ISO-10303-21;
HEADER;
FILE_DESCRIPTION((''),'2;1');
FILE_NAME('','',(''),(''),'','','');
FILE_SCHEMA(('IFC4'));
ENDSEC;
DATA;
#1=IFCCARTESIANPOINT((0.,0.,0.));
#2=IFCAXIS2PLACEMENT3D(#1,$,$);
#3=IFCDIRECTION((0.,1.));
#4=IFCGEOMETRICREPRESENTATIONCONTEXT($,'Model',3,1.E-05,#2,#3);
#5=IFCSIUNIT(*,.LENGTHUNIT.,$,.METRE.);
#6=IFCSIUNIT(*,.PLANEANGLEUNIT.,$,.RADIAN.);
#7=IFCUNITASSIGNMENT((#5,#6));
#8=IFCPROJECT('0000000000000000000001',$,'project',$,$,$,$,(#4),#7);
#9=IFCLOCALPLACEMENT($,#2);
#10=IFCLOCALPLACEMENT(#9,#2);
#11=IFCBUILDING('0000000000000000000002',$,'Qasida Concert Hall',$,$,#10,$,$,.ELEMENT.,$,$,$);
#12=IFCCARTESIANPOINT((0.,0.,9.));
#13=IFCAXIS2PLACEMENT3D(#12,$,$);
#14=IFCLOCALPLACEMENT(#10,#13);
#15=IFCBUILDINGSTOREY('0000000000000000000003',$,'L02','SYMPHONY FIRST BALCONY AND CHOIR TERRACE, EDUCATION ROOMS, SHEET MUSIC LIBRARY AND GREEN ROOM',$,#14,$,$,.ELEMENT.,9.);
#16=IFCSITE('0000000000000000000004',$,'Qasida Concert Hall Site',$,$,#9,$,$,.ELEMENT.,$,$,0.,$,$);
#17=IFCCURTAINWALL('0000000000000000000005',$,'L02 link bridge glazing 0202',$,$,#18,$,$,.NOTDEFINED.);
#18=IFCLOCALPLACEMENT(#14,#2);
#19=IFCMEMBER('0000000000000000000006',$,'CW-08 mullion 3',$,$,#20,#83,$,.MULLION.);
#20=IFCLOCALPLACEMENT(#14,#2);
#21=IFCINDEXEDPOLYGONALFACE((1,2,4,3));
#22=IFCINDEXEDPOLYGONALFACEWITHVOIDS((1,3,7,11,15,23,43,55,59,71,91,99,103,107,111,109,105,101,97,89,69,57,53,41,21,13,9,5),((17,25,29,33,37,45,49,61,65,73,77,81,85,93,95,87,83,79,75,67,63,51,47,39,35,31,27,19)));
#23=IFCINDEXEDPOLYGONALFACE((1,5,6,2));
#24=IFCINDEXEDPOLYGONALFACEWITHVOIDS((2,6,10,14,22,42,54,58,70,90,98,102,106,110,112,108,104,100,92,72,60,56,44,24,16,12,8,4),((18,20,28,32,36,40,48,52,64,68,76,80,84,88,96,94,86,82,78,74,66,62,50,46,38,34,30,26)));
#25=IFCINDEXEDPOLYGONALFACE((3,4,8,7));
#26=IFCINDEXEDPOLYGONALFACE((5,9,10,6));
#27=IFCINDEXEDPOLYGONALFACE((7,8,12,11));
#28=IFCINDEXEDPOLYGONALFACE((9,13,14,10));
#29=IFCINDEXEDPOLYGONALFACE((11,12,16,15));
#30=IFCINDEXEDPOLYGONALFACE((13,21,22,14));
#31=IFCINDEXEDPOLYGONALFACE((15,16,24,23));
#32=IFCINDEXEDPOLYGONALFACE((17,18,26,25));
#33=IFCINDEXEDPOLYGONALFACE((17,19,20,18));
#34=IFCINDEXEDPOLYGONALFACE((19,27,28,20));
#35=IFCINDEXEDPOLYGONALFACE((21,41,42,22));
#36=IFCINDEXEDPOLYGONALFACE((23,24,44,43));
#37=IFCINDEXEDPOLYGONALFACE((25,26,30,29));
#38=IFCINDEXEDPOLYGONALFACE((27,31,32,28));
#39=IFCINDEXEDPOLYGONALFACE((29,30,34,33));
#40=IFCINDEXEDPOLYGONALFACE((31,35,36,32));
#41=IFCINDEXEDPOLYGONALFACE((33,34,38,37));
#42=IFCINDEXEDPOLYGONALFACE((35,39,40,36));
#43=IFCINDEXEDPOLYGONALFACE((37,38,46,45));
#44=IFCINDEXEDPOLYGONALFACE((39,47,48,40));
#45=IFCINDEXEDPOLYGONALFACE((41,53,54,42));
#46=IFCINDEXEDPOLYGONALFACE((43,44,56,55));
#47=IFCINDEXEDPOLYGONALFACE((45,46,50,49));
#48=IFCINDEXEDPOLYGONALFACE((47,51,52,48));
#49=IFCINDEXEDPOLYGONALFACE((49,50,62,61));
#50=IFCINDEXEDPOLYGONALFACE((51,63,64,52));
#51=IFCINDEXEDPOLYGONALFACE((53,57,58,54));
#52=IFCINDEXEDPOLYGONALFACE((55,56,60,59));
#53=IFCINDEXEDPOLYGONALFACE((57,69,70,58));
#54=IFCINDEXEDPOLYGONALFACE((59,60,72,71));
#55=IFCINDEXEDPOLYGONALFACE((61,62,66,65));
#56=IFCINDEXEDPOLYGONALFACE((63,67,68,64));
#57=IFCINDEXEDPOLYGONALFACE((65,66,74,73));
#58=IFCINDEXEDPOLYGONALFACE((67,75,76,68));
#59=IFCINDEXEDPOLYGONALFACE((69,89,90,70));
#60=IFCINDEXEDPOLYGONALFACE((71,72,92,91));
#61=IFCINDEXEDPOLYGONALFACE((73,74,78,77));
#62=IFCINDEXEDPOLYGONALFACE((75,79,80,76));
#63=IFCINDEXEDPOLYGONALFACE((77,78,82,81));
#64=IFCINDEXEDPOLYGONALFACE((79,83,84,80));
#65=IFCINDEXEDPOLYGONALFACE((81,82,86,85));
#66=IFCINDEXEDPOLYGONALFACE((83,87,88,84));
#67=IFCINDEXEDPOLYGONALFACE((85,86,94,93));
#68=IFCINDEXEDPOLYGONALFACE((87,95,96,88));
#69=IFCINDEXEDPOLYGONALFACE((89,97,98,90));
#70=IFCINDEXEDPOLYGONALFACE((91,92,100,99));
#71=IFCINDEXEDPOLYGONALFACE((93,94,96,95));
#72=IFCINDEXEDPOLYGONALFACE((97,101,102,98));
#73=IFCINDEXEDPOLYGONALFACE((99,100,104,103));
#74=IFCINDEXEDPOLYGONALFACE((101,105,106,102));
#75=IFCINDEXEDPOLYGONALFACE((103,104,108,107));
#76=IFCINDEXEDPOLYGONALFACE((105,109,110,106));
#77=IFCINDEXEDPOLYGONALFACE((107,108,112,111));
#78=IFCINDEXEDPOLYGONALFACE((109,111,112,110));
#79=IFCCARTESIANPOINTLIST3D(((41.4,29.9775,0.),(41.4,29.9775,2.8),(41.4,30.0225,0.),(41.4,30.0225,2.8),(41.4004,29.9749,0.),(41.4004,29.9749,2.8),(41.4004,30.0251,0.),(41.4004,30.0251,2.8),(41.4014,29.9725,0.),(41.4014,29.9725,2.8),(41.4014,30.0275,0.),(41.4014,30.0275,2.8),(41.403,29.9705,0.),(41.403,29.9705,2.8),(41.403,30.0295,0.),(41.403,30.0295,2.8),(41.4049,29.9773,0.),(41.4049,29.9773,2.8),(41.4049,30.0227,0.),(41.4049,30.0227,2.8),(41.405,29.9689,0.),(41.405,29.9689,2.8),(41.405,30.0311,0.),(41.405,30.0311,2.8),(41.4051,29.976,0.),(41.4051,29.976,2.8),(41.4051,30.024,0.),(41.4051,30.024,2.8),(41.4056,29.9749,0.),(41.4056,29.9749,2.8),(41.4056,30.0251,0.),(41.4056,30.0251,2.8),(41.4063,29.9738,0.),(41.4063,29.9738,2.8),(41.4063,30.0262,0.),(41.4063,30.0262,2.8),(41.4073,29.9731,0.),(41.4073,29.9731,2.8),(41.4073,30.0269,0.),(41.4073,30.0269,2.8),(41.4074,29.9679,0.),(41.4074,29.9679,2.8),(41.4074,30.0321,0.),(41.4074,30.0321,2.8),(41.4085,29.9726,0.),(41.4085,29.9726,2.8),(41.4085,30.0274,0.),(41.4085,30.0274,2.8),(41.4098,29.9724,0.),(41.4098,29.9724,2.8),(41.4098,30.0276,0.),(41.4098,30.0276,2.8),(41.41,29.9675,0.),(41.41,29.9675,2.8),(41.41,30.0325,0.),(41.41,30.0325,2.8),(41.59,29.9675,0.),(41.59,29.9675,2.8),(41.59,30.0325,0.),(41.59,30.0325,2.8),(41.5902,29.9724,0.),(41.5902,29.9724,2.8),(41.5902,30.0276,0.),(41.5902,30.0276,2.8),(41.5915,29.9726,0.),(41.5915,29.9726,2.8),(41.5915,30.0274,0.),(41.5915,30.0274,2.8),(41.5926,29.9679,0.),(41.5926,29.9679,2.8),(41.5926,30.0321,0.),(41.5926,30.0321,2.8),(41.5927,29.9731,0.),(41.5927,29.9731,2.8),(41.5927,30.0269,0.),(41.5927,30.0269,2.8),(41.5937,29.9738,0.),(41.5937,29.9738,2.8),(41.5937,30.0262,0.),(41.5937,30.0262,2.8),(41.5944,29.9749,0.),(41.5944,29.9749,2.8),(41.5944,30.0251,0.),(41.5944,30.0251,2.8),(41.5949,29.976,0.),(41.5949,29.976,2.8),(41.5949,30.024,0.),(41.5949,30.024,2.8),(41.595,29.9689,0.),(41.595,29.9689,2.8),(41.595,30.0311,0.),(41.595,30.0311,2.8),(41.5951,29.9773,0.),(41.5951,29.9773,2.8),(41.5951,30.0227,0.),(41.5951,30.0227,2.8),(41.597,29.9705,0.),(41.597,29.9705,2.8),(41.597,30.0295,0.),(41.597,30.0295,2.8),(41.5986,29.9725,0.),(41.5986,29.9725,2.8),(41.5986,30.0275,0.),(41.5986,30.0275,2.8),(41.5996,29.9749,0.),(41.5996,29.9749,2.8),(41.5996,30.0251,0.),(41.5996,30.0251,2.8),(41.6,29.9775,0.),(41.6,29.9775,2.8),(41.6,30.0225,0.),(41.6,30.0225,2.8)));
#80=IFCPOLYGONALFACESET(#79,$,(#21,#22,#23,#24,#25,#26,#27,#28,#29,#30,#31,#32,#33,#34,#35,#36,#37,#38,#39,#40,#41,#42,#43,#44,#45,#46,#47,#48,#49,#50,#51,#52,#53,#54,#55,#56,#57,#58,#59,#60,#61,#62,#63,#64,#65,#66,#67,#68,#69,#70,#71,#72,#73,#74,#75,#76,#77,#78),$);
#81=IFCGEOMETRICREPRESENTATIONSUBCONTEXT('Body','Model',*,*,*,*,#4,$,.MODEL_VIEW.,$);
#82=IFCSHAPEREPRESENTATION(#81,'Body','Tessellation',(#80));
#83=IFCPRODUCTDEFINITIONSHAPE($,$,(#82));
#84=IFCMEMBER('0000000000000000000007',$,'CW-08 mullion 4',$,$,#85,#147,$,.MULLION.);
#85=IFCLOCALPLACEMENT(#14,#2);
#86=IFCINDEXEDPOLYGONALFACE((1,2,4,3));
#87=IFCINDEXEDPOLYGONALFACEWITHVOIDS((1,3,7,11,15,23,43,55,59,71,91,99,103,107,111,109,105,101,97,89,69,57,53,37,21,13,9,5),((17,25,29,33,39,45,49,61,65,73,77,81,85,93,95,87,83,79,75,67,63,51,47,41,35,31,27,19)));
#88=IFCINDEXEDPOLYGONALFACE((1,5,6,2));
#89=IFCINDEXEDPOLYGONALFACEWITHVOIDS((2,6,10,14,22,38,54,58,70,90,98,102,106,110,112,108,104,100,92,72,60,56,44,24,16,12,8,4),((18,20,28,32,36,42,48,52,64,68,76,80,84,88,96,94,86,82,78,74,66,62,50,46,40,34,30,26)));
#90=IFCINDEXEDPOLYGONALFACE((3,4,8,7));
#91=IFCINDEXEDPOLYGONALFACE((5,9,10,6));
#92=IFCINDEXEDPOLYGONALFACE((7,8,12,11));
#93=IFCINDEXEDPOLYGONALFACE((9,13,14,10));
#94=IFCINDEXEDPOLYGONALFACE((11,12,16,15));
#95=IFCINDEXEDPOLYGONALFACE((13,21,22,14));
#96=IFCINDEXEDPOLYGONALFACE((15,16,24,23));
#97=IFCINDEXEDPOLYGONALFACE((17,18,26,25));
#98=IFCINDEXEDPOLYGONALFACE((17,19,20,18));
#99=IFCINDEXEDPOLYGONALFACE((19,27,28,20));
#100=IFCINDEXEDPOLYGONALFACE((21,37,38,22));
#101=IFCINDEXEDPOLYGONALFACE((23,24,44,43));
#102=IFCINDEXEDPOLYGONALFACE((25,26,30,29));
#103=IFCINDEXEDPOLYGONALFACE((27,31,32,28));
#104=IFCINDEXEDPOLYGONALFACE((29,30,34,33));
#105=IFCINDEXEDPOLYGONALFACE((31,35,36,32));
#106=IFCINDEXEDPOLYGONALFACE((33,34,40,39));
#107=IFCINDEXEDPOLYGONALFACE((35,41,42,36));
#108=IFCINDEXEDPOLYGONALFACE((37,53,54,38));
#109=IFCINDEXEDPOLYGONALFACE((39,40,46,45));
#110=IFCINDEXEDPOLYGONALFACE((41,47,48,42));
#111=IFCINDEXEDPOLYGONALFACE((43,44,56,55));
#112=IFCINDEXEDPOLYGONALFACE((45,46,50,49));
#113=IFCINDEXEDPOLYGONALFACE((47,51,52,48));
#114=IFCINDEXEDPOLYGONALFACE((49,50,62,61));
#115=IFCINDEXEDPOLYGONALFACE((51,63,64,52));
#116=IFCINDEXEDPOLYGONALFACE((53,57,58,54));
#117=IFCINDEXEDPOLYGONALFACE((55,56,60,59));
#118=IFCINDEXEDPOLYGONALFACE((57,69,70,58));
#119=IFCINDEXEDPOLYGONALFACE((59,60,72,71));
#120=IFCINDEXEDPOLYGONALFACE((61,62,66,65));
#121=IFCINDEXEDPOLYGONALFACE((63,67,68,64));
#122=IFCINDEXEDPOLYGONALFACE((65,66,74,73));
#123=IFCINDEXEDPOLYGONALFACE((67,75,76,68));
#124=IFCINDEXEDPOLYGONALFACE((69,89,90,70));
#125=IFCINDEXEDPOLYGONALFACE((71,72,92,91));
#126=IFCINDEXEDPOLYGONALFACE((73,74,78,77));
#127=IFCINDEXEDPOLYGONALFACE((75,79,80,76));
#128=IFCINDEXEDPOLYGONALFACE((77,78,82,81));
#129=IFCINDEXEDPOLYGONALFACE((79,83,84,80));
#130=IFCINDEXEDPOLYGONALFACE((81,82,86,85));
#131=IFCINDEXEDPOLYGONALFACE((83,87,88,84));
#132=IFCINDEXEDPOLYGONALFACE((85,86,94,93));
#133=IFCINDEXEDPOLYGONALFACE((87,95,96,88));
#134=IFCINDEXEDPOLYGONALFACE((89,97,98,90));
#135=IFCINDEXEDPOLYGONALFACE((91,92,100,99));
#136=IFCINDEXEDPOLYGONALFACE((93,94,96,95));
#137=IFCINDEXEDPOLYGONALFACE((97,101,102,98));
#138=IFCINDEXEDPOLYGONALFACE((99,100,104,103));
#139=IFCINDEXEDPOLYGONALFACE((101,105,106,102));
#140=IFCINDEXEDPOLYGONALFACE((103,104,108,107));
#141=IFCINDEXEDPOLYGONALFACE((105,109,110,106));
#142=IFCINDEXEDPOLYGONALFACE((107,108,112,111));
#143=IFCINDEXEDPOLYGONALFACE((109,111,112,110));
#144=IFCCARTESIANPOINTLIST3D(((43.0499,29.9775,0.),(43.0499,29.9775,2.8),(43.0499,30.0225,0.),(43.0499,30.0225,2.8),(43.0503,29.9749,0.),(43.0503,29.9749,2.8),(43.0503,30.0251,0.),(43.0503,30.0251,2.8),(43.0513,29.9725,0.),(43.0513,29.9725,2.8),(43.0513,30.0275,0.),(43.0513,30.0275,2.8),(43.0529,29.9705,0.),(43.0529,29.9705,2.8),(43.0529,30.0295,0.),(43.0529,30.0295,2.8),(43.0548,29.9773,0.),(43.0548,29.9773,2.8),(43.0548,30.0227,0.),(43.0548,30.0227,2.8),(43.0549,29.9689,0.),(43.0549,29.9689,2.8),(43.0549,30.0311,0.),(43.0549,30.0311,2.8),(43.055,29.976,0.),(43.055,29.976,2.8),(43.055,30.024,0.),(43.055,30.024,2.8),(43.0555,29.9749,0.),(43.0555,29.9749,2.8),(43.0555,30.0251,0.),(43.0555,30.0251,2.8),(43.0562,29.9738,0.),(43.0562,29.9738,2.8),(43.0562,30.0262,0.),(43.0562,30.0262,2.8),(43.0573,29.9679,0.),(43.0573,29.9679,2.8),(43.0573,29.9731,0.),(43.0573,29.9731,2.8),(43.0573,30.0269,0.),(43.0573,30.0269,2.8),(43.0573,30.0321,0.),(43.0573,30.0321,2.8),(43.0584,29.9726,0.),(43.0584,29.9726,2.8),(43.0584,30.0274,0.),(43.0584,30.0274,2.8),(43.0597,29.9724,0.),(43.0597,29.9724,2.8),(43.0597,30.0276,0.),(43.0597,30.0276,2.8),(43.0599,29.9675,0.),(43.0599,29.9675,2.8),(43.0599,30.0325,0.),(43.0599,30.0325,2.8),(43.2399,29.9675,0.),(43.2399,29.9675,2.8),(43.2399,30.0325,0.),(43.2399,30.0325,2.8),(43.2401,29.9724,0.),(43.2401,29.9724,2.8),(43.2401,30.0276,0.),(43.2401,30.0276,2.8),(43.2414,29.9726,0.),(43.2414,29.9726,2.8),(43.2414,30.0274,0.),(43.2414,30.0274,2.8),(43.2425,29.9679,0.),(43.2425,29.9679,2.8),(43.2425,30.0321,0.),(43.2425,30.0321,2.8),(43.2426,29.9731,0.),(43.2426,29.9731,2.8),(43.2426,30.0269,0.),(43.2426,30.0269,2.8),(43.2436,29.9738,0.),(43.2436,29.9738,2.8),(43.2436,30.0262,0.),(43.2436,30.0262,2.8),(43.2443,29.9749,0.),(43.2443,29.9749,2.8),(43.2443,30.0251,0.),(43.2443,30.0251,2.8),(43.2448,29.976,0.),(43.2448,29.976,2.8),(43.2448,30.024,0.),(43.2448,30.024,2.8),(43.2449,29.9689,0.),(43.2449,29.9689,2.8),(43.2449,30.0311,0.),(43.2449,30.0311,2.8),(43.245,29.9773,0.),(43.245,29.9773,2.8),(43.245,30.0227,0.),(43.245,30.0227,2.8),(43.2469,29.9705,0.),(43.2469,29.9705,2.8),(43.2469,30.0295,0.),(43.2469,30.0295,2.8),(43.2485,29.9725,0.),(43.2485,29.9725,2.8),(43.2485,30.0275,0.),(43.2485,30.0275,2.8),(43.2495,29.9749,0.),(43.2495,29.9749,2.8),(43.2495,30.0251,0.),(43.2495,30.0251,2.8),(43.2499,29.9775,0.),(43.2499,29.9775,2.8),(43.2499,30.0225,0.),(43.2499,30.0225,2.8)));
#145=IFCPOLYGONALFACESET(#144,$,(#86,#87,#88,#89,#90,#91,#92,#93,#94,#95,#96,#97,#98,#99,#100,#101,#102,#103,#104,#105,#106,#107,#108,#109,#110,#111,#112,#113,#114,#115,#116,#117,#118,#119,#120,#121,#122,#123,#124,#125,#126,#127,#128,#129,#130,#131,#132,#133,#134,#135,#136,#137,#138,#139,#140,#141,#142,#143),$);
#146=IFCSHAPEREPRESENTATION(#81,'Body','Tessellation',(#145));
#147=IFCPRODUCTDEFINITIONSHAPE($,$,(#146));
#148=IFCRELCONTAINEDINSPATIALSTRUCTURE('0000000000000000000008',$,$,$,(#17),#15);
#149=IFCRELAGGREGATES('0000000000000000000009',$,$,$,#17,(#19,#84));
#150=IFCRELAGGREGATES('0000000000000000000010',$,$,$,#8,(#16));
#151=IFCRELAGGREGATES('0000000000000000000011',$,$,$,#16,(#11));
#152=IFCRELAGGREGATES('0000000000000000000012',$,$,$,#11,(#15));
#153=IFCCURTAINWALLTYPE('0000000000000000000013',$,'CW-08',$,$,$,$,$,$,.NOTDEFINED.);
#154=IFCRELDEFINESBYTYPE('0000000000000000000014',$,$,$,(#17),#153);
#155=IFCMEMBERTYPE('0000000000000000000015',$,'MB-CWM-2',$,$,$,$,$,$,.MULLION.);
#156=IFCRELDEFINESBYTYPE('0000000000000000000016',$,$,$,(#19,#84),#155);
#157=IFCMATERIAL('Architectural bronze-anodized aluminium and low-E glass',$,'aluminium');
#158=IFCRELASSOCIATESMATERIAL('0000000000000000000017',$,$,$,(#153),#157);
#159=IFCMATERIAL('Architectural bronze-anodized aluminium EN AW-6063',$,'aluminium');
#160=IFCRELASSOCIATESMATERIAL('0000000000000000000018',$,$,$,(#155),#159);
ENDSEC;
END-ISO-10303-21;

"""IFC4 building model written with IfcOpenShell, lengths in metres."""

from ifc_helpers import new_model, si_unit, direction, frame, origin, origin_2d, place, context, subcontext, project, spatial, hollow_rectangle, extrude, material, material_profile, profile_set, type_object, element, aggregate, save


model = new_model("IFC4")

# Units and contexts
model_context = context("Model", 3, precision=1e-05, world=origin(), true_north=direction((0.0, 1.0)))
body_context = subcontext(model_context, "Body", "Model", "MODEL_VIEW")
ifc_project = project(units=[si_unit("LENGTHUNIT", "METRE"), si_unit("PLANEANGLEUNIT", "RADIAN")], contexts=[model_context])

# Site, building, storey
site_placement = place(None, origin())
site = spatial("IfcSite", under=ifc_project, at=site_placement, Name="Qasida Concert Hall Site", CompositionType="ELEMENT", RefElevation=0.0)
building_placement = place(site_placement, origin())
building = spatial("IfcBuilding", under=site, at=building_placement, Name="Qasida Concert Hall", CompositionType="ELEMENT")
storey_placement = place(building_placement, frame((0.0, 0.0, 9.0)))
storey = spatial("IfcBuildingStorey", under=building, at=storey_placement, Name="L02", Description="SYMPHONY FIRST BALCONY AND CHOIR TERRACE, EDUCATION ROOMS, SHEET MUSIC LIBRARY AND GREEN ROOM", CompositionType="ELEMENT", Elevation=9.0)

# Curtain wall, members
ifc_material_1 = material(Name="Architectural bronze-anodized aluminium and low-E glass", Category="aluminium")
curtain_wall_type = type_object("IfcCurtainWallType", Name="CW-08", PredefinedType="NOTDEFINED", material=ifc_material_1)
curtain_wall_placement = place(storey_placement, origin())
curtain_wall = element("IfcCurtainWall", 1, at=curtain_wall_placement, inside=storey, type_object=curtain_wall_type, Name="L02 link bridge glazing 0202", PredefinedType="NOTDEFINED")
ifc_material_2 = material(Name="Architectural bronze-anodized aluminium EN AW-6063", Category="aluminium")
ifc_material_profile_1 = material_profile(ifc_material_2, hollow_rectangle(XDim=0.0649, YDim=0.2, WallThickness=0.0049, InnerFilletRadius=0.0049, OuterFilletRadius=0.01, at=origin_2d()), Name="CWM 200x65x5")
ifc_profile_set_1 = profile_set([ifc_material_profile_1], Name="Architectural bronze-anodized aluminium EN AW-6063")
member_type_1 = type_object("IfcMemberType", Name="MB-CWM-2", PredefinedType="MULLION", material=ifc_profile_set_1)
member_1_placement = place(storey_placement, frame((41.5, 30.0, 0.0), z_axis=(0.0, 0.0, 1.0), x_axis=(0.0, 1.0, 0.0)))
member_1 = element("IfcMember", 2, at=member_1_placement, type_object=member_type_1, Name="CW-08 mullion 3", PredefinedType="MULLION", context=body_context, shape_type="SweptSolid", body=[
    extrude(hollow_rectangle(XDim=0.0649, YDim=0.2, WallThickness=0.0049, InnerFilletRadius=0.0049, OuterFilletRadius=0.01, at=origin_2d()), origin(), (0.0, 0.0, 1.0), 2.8),
])
member_2_placement = place(storey_placement, frame((43.1499, 30.0, 0.0), z_axis=(0.0, 0.0, 1.0), x_axis=(0.0, 1.0, 0.0)))
member_2 = element("IfcMember", 3, at=member_2_placement, type_object=member_type_1, Name="CW-08 mullion 4", PredefinedType="MULLION", context=body_context, shape_type="SweptSolid", body=[
    extrude(hollow_rectangle(XDim=0.0649, YDim=0.2, WallThickness=0.0049, InnerFilletRadius=0.0049, OuterFilletRadius=0.01, at=origin_2d()), origin(), (0.0, 0.0, 1.0), 2.8),
])
aggregate(curtain_wall, [member_1, member_2])

save(model, "model.ifc")
